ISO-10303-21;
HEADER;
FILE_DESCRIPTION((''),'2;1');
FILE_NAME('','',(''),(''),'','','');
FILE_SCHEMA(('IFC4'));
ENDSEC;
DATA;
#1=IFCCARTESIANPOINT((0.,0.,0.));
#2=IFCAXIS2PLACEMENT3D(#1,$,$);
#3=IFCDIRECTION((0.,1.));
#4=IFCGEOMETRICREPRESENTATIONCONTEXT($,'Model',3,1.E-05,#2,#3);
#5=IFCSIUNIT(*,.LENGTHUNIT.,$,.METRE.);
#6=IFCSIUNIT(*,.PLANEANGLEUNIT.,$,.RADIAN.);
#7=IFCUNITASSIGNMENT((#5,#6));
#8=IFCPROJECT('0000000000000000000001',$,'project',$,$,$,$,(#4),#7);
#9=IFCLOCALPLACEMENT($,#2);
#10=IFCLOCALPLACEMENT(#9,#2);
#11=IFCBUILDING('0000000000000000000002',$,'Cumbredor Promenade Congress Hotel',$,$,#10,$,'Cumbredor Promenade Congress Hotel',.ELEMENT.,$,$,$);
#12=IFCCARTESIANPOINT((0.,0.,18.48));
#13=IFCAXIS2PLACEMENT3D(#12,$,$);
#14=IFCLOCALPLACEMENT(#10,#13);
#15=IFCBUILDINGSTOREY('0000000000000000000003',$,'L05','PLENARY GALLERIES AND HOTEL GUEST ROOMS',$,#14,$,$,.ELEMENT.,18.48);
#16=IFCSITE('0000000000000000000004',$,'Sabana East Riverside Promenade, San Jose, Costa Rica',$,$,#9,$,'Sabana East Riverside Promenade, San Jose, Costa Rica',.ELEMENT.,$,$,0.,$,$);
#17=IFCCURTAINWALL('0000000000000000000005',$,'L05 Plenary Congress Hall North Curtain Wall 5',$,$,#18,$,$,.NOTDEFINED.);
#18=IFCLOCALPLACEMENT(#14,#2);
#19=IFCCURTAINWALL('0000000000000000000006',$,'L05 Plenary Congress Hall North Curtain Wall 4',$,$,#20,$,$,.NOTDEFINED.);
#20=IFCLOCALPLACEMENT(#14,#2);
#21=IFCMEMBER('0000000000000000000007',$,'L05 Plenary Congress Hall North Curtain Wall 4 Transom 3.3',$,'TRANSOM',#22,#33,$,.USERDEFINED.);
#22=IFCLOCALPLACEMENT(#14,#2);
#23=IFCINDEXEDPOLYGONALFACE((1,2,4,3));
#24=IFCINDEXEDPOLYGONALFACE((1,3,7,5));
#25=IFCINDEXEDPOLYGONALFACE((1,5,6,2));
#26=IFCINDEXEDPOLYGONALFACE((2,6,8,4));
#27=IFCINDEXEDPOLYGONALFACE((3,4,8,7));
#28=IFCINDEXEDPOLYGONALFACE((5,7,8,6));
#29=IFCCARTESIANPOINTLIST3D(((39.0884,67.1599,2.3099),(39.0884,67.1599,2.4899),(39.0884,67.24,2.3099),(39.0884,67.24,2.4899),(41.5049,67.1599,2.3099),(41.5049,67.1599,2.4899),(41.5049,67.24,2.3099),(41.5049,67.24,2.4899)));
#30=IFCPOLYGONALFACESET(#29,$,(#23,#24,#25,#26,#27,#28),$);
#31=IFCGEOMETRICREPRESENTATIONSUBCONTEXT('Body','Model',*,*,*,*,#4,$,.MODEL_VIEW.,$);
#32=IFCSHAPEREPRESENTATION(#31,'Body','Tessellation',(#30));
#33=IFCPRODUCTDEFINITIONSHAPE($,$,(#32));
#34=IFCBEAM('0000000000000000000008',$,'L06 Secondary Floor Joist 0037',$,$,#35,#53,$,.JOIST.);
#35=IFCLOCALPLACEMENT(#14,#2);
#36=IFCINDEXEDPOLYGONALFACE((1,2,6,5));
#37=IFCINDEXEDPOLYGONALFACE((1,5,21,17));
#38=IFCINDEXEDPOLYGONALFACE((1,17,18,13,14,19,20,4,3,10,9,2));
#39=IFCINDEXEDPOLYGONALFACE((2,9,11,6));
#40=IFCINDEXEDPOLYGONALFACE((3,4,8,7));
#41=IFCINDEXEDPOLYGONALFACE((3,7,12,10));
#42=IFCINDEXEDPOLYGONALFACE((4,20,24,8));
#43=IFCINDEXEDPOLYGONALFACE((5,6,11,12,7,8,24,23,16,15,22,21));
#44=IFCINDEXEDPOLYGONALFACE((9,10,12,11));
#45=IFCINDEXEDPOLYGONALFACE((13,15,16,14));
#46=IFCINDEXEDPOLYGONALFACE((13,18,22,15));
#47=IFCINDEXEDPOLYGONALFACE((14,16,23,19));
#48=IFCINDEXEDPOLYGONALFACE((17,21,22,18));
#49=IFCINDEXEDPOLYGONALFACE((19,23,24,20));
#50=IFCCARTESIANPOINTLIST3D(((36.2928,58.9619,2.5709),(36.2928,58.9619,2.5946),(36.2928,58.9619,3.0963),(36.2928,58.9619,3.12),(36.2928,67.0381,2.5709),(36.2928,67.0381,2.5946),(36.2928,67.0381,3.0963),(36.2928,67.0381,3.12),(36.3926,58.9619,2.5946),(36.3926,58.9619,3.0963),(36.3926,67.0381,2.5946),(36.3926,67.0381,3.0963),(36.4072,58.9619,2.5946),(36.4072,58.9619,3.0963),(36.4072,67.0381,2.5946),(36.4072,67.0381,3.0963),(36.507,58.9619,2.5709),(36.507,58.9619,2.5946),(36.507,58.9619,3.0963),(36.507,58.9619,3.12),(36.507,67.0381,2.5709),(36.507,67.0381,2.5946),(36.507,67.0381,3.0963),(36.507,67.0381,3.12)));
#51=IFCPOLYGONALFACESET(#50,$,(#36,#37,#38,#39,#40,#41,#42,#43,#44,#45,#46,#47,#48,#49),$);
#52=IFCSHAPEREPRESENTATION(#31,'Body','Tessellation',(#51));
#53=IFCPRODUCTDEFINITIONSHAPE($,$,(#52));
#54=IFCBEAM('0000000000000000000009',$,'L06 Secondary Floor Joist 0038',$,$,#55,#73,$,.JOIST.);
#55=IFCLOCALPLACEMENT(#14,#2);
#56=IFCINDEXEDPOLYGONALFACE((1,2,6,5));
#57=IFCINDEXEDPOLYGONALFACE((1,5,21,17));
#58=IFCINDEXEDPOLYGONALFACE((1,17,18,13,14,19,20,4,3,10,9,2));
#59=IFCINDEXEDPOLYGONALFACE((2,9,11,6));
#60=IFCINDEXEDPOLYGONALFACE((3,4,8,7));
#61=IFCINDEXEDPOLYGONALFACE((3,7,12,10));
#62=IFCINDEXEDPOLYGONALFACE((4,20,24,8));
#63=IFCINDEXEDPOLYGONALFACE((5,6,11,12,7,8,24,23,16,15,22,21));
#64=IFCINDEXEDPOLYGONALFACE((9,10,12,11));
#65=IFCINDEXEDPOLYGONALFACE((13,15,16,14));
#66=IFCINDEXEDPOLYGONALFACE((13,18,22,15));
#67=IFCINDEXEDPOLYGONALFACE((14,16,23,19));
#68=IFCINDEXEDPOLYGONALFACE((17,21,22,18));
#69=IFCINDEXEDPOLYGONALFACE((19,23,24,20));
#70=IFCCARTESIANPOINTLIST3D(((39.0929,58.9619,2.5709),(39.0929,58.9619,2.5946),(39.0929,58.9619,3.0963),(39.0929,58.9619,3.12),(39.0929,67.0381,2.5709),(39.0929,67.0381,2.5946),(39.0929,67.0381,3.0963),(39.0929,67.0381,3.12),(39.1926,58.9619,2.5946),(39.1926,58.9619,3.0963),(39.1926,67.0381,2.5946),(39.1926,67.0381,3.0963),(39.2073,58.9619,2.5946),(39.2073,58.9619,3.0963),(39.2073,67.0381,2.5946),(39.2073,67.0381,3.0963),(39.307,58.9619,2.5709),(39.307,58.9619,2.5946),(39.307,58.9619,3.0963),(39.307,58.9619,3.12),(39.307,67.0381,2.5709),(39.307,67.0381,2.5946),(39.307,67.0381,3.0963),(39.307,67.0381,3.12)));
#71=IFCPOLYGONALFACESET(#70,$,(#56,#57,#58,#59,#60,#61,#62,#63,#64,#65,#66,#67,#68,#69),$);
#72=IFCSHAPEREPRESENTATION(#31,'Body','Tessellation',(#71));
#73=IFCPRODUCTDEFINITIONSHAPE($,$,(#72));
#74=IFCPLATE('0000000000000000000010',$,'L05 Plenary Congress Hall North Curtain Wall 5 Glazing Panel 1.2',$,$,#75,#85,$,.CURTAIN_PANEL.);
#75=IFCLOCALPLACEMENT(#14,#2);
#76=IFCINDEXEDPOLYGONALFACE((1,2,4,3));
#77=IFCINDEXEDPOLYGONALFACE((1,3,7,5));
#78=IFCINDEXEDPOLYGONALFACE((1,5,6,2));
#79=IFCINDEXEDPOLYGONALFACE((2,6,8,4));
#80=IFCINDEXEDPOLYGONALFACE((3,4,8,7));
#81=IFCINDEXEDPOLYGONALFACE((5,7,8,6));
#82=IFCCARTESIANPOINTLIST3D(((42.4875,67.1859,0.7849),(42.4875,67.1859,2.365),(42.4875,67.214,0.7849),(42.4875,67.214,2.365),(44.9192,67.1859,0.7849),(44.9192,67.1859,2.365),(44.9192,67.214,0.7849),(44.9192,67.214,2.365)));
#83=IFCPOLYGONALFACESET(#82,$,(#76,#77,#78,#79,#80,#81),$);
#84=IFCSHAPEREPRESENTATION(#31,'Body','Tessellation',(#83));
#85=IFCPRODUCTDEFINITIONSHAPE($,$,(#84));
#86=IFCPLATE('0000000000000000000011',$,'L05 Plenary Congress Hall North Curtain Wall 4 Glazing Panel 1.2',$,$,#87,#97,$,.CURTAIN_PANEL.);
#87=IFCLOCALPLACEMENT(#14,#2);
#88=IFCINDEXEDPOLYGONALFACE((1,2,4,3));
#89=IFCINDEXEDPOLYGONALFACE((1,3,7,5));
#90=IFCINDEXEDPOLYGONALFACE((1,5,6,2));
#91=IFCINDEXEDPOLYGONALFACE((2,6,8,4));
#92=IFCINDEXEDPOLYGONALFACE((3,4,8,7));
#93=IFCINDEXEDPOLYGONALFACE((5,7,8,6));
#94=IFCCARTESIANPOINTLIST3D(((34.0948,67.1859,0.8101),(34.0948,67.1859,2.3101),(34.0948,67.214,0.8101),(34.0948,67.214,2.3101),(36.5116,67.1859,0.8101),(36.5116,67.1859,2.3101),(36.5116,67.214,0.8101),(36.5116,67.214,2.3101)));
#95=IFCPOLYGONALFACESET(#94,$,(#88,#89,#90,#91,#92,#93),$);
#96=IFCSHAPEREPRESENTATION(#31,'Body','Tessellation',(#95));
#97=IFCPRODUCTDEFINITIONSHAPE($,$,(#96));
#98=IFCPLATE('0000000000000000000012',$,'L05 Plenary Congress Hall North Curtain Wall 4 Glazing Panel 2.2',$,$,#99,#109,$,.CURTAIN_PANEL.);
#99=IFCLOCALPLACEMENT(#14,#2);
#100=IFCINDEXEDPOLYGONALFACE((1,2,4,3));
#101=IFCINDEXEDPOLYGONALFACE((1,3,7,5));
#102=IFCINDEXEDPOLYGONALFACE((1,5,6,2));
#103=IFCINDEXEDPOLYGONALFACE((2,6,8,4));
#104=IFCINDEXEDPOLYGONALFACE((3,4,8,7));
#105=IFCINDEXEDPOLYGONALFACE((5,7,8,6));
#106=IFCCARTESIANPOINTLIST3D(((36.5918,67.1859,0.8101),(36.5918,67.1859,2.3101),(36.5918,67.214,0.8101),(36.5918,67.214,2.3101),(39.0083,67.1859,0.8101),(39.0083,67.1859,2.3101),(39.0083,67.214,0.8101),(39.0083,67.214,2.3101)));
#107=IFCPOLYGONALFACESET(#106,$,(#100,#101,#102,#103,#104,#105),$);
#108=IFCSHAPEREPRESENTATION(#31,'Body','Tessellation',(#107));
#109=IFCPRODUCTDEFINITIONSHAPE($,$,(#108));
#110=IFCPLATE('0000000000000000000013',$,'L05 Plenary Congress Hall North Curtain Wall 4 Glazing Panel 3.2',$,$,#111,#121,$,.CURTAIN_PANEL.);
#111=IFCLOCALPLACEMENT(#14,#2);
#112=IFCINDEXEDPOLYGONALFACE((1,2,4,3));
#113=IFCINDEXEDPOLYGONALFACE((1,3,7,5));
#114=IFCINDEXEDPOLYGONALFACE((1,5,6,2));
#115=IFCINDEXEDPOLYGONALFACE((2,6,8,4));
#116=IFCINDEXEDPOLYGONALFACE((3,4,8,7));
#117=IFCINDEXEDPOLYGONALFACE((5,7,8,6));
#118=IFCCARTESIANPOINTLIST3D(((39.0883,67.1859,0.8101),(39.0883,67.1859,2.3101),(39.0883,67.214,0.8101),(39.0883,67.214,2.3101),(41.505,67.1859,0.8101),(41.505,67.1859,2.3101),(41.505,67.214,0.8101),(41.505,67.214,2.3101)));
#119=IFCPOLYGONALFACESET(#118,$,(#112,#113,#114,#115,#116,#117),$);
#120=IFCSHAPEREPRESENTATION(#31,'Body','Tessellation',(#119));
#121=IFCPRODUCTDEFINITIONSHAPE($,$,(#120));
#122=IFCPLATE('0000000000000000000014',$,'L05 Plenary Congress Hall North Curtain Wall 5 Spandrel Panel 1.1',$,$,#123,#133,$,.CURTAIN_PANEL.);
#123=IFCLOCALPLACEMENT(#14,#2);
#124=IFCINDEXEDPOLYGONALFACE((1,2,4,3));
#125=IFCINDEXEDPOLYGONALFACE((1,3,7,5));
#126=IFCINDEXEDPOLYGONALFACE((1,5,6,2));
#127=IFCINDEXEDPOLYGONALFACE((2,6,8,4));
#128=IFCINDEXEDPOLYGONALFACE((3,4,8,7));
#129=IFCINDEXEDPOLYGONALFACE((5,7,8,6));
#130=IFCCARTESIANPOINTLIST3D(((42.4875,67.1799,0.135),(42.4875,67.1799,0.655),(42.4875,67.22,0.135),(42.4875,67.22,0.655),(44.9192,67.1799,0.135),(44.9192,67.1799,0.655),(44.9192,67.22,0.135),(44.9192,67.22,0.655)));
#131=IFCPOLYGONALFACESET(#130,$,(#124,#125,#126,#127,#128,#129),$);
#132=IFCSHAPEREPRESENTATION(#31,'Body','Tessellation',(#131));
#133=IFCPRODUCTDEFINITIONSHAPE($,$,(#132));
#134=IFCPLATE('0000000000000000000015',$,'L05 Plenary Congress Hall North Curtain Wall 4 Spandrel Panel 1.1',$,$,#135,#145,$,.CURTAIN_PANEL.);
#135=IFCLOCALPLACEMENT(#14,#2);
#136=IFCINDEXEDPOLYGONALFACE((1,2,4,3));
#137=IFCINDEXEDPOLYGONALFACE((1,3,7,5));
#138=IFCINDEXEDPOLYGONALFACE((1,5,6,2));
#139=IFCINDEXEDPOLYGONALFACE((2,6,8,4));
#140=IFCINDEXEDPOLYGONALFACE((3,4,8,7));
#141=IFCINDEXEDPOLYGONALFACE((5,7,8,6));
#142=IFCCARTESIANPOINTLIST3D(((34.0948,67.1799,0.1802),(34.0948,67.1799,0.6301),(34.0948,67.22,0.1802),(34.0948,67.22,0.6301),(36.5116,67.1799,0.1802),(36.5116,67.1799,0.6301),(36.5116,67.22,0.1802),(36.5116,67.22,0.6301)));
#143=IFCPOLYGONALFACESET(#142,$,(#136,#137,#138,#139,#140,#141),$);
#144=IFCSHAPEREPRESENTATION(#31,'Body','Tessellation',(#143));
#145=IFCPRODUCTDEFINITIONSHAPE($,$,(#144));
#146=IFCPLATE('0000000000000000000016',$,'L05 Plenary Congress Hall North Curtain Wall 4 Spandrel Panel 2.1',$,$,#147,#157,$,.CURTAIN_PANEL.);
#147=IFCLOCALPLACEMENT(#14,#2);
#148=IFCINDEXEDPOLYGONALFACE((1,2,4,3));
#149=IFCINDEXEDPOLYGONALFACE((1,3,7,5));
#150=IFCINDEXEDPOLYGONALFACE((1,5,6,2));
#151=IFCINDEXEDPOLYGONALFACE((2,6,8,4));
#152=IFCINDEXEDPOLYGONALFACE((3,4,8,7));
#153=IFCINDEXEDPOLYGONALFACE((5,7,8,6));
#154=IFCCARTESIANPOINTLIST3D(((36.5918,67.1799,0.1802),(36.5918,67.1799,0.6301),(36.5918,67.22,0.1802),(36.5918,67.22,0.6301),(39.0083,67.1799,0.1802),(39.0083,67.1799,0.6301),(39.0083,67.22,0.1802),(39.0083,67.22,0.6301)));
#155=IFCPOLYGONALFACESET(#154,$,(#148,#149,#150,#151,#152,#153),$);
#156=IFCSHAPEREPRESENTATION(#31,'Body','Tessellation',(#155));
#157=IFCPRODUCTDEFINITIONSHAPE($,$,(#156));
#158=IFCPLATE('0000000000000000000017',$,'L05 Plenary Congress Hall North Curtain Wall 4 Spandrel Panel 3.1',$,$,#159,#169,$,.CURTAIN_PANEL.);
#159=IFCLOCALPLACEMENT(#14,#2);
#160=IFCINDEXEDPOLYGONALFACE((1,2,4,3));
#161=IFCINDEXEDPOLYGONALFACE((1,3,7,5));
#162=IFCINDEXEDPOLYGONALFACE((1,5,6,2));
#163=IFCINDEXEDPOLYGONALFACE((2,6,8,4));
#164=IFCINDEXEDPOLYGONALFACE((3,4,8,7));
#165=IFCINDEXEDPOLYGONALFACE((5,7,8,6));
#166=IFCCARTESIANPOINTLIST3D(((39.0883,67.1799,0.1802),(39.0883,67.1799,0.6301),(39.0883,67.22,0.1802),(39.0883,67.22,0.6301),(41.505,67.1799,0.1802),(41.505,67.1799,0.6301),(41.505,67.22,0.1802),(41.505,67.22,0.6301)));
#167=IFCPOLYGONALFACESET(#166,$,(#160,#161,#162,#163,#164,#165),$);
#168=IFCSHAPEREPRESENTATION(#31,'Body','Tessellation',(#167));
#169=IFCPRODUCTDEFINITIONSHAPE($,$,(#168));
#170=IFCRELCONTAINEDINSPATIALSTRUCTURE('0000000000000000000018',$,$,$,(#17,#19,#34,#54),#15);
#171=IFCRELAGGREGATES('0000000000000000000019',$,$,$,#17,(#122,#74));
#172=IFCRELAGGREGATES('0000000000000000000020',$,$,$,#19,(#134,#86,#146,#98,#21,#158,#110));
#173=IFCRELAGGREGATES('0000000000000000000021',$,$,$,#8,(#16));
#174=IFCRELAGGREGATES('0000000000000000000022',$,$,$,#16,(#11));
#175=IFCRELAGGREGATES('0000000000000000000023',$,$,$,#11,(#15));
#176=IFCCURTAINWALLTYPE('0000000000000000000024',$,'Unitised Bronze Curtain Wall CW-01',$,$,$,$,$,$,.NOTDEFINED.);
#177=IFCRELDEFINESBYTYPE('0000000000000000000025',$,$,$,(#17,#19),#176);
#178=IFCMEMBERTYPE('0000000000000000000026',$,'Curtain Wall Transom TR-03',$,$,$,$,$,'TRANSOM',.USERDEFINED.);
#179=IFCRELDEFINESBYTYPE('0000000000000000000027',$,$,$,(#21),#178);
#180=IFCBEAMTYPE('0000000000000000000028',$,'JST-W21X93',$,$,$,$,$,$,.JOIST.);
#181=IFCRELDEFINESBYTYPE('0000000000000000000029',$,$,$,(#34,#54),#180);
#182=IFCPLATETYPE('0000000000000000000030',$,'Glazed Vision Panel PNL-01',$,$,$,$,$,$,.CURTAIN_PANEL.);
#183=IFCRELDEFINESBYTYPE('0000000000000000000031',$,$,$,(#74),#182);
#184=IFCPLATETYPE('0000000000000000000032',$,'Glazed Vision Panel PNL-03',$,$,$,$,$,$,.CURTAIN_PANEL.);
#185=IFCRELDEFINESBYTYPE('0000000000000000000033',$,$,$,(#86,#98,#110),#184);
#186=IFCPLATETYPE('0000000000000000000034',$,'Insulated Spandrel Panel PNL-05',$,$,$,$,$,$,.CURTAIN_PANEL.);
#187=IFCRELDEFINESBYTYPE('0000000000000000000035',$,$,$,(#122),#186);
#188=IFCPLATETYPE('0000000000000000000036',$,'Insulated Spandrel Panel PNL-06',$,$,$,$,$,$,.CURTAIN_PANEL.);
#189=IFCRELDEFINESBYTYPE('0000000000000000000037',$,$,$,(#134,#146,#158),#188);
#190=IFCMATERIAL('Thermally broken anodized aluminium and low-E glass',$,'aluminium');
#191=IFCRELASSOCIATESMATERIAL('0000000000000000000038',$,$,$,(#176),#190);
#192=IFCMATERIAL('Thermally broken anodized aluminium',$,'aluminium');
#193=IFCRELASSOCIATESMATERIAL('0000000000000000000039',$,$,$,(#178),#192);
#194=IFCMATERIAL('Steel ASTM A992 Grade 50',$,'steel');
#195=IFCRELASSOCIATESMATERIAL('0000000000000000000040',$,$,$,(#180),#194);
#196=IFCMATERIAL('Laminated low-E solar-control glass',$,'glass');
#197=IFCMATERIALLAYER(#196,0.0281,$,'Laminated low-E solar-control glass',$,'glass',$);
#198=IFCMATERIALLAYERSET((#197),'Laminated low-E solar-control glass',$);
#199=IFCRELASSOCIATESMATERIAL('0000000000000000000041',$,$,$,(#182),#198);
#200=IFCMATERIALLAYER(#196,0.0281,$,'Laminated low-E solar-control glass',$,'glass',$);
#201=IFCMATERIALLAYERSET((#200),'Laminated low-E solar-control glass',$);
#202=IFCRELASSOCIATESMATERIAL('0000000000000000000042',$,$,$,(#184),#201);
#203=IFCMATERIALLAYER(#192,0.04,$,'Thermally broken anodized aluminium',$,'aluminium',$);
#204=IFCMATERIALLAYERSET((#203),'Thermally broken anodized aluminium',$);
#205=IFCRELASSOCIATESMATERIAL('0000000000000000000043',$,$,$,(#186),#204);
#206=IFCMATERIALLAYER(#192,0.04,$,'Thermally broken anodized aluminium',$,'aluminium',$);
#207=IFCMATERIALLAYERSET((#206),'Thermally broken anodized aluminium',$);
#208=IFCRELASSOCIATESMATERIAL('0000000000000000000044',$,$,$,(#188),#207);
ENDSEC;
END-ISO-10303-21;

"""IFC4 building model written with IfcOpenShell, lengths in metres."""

from ifc_helpers import new_model, si_unit, direction, frame, origin, origin_2d, place, context, subcontext, project, spatial, rectangle, i_section, extrude, material, layer, layer_set, material_profile, profile_set, type_object, element, aggregate, save


model = new_model("IFC4")

# Units and contexts
model_context = context("Model", 3, precision=1e-05, world=origin(), true_north=direction((0.0, 1.0)))
body_context = subcontext(model_context, "Body", "Model", "MODEL_VIEW")
ifc_project = project(units=[si_unit("LENGTHUNIT", "METRE"), si_unit("PLANEANGLEUNIT", "RADIAN")], contexts=[model_context])

# Site, building, storey
site_placement = place(None, origin())
site = spatial("IfcSite", under=ifc_project, at=site_placement, Name="Sabana East Riverside Promenade, San Jose, Costa Rica", LongName="Sabana East Riverside Promenade, San Jose, Costa Rica", CompositionType="ELEMENT", RefElevation=0.0)
building_placement = place(site_placement, origin())
building = spatial("IfcBuilding", under=site, at=building_placement, Name="Cumbredor Promenade Congress Hotel", LongName="Cumbredor Promenade Congress Hotel", CompositionType="ELEMENT")
storey_placement = place(building_placement, frame((0.0, 0.0, 18.48)))
storey = spatial("IfcBuildingStorey", under=building, at=storey_placement, Name="L05", Description="PLENARY GALLERIES AND HOTEL GUEST ROOMS", CompositionType="ELEMENT", Elevation=18.48)

# Shared definitions
ifc_material_1 = material(Name="Steel ASTM A992 Grade 50", Category="steel")

# Curtain wall
ifc_material_2 = material(Name="Thermally broken anodized aluminium and low-E glass", Category="aluminium")
curtain_wall_type = type_object("IfcCurtainWallType", Name="Unitised Bronze Curtain Wall CW-01", PredefinedType="NOTDEFINED", material=ifc_material_2)
curtain_wall_1_placement = place(storey_placement, origin())
curtain_wall_1 = element("IfcCurtainWall", 1, at=curtain_wall_1_placement, inside=storey, type_object=curtain_wall_type, Name="L05 Plenary Congress Hall North Curtain Wall 5", PredefinedType="NOTDEFINED")
ifc_material_3 = material(Name="Thermally broken anodized aluminium", Category="aluminium")

# Curtain wall
curtain_wall_2_placement = place(storey_placement, origin())
curtain_wall_2 = element("IfcCurtainWall", 2, at=curtain_wall_2_placement, inside=storey, type_object=curtain_wall_type, Name="L05 Plenary Congress Hall North Curtain Wall 4", PredefinedType="NOTDEFINED")

# Member
ifc_material_profile_1 = material_profile(ifc_material_3, rectangle(XDim=0.0801, YDim=0.1799, at=origin_2d()), Name="ALU TRANSOM 80x180")
ifc_profile_set_1 = profile_set([ifc_material_profile_1], Name="Thermally broken anodized aluminium")
member_type_1 = type_object("IfcMemberType", Name="Curtain Wall Transom TR-03", ElementType="TRANSOM", PredefinedType="USERDEFINED", material=ifc_profile_set_1)
member_1_placement = place(storey_placement, frame((39.0884, 67.2, 2.3999), z_axis=(1.0, 0.0, 0.0), x_axis=(0.0, 1.0, 0.0)))
member_1 = element("IfcMember", 3, at=member_1_placement, type_object=member_type_1, Name="L05 Plenary Congress Hall North Curtain Wall 4 Transom 3.3", ObjectType="TRANSOM", PredefinedType="USERDEFINED", context=body_context, shape_type="SweptSolid", body=[
    extrude(rectangle(XDim=0.0801, YDim=0.1799, at=origin_2d()), origin(), (0.0, 0.0, 1.0), 2.4165),
])

# Beams
ifc_material_profile_2 = material_profile(ifc_material_1, i_section(OverallWidth=0.2141, OverallDepth=0.5491, WebThickness=0.0146, FlangeThickness=0.0237, at=origin_2d()), Name="W21X93")
ifc_profile_set_2 = profile_set([ifc_material_profile_2], Name="Steel ASTM A992 Grade 50")
beam_type_1 = type_object("IfcBeamType", Name="JST-W21X93", PredefinedType="JOIST", material=ifc_profile_set_2)
for number, where, z_axis, x_axis, name in (
    (4, (36.3999, 58.9619, 2.8455), (0.0, 1.0, 0.0), (-1.0, 0.0, 0.0), "L06 Secondary Floor Joist 0037"),
    (5, (39.2, 58.9619, 2.8455), (0.0, 1.0, 0.0), (-1.0, 0.0, 0.0), "L06 Secondary Floor Joist 0038"),
):
    element("IfcBeam", number, at=place(storey_placement, frame(where, z_axis=z_axis, x_axis=x_axis)), inside=storey, type_object=beam_type_1, Name=name, PredefinedType="JOIST", context=body_context, shape_type="SweptSolid", body=[
        extrude(i_section(OverallWidth=0.2141, OverallDepth=0.5491, WebThickness=0.0146, FlangeThickness=0.0237, at=origin_2d()), origin(), (0.0, 0.0, 1.0), 8.0762),
    ])

# Plates
ifc_material_4 = material(Name="Laminated low-E solar-control glass", Category="glass")
ifc_layer_1 = layer(ifc_material_4, 0.0281, Name="Laminated low-E solar-control glass", Category="glass")
ifc_layer_set_1 = layer_set([ifc_layer_1], Name="Laminated low-E solar-control glass")
plate_type_1 = type_object("IfcPlateType", Name="Glazed Vision Panel PNL-01", PredefinedType="CURTAIN_PANEL", material=ifc_layer_set_1)
plate_1_placement = place(storey_placement, frame((43.7034, 67.2, 0.7849), z_axis=(0.0, 0.0, 1.0), x_axis=(1.0, 0.0, 0.0)))
plate_1 = element("IfcPlate", 6, at=plate_1_placement, type_object=plate_type_1, Name="L05 Plenary Congress Hall North Curtain Wall 5 Glazing Panel 1.2", PredefinedType="CURTAIN_PANEL", context=body_context, shape_type="SweptSolid", body=[
    extrude(rectangle(XDim=2.4316, YDim=0.0281, at=origin_2d()), origin(), (0.0, 0.0, 1.0), 1.5801),
])
ifc_layer_2 = layer(ifc_material_4, 0.0281, Name="Laminated low-E solar-control glass", Category="glass")
ifc_layer_set_2 = layer_set([ifc_layer_2], Name="Laminated low-E solar-control glass")
plate_type_2 = type_object("IfcPlateType", Name="Glazed Vision Panel PNL-03", PredefinedType="CURTAIN_PANEL", material=ifc_layer_set_2)
plate_2_placement = place(storey_placement, frame((35.3032, 67.2, 0.8101), z_axis=(0.0, 0.0, 1.0), x_axis=(1.0, 0.0, 0.0)))
plate_2 = element("IfcPlate", 7, at=plate_2_placement, type_object=plate_type_2, Name="L05 Plenary Congress Hall North Curtain Wall 4 Glazing Panel 1.2", PredefinedType="CURTAIN_PANEL", context=body_context, shape_type="SweptSolid", body=[
    extrude(rectangle(XDim=2.4167, YDim=0.0281, at=origin_2d()), origin(), (0.0, 0.0, 1.0), 1.5),
])
plate_3_placement = place(storey_placement, frame((37.8, 67.2, 0.8101), z_axis=(0.0, 0.0, 1.0), x_axis=(1.0, 0.0, 0.0)))
plate_3 = element("IfcPlate", 8, at=plate_3_placement, type_object=plate_type_2, Name="L05 Plenary Congress Hall North Curtain Wall 4 Glazing Panel 2.2", PredefinedType="CURTAIN_PANEL", context=body_context, shape_type="SweptSolid", body=[
    extrude(rectangle(XDim=2.4165, YDim=0.0281, at=origin_2d()), origin(), (0.0, 0.0, 1.0), 1.5),
])
plate_4_placement = place(storey_placement, frame((40.2966, 67.2, 0.8101), z_axis=(0.0, 0.0, 1.0), x_axis=(1.0, 0.0, 0.0)))
plate_4 = element("IfcPlate", 9, at=plate_4_placement, type_object=plate_type_2, Name="L05 Plenary Congress Hall North Curtain Wall 4 Glazing Panel 3.2", PredefinedType="CURTAIN_PANEL", context=body_context, shape_type="SweptSolid", body=[
    extrude(rectangle(XDim=2.4167, YDim=0.0281, at=origin_2d()), origin(), (0.0, 0.0, 1.0), 1.5),
])
ifc_layer_3 = layer(ifc_material_3, 0.04, Name="Thermally broken anodized aluminium", Category="aluminium")
ifc_layer_set_3 = layer_set([ifc_layer_3], Name="Thermally broken anodized aluminium")
plate_type_3 = type_object("IfcPlateType", Name="Insulated Spandrel Panel PNL-05", PredefinedType="CURTAIN_PANEL", material=ifc_layer_set_3)
plate_5_placement = place(storey_placement, frame((43.7034, 67.2, 0.135), z_axis=(0.0, 0.0, 1.0), x_axis=(1.0, 0.0, 0.0)))
plate_5 = element("IfcPlate", 10, at=plate_5_placement, type_object=plate_type_3, Name="L05 Plenary Congress Hall North Curtain Wall 5 Spandrel Panel 1.1", PredefinedType="CURTAIN_PANEL", context=body_context, shape_type="SweptSolid", body=[
    extrude(rectangle(XDim=2.4316, YDim=0.04, at=origin_2d()), origin(), (0.0, 0.0, 1.0), 0.52),
])
aggregate(curtain_wall_1, [plate_5, plate_1])
ifc_layer_4 = layer(ifc_material_3, 0.04, Name="Thermally broken anodized aluminium", Category="aluminium")
ifc_layer_set_4 = layer_set([ifc_layer_4], Name="Thermally broken anodized aluminium")
plate_type_4 = type_object("IfcPlateType", Name="Insulated Spandrel Panel PNL-06", PredefinedType="CURTAIN_PANEL", material=ifc_layer_set_4)
plate_6_placement = place(storey_placement, frame((35.3032, 67.2, 0.1802), z_axis=(0.0, 0.0, 1.0), x_axis=(1.0, 0.0, 0.0)))
plate_6 = element("IfcPlate", 11, at=plate_6_placement, type_object=plate_type_4, Name="L05 Plenary Congress Hall North Curtain Wall 4 Spandrel Panel 1.1", PredefinedType="CURTAIN_PANEL", context=body_context, shape_type="SweptSolid", body=[
    extrude(rectangle(XDim=2.4167, YDim=0.04, at=origin_2d()), origin(), (0.0, 0.0, 1.0), 0.45),
])
plate_7_placement = place(storey_placement, frame((37.8, 67.2, 0.1802), z_axis=(0.0, 0.0, 1.0), x_axis=(1.0, 0.0, 0.0)))
plate_7 = element("IfcPlate", 12, at=plate_7_placement, type_object=plate_type_4, Name="L05 Plenary Congress Hall North Curtain Wall 4 Spandrel Panel 2.1", PredefinedType="CURTAIN_PANEL", context=body_context, shape_type="SweptSolid", body=[
    extrude(rectangle(XDim=2.4165, YDim=0.04, at=origin_2d()), origin(), (0.0, 0.0, 1.0), 0.45),
])
plate_8_placement = place(storey_placement, frame((40.2966, 67.2, 0.1802), z_axis=(0.0, 0.0, 1.0), x_axis=(1.0, 0.0, 0.0)))
plate_8 = element("IfcPlate", 13, at=plate_8_placement, type_object=plate_type_4, Name="L05 Plenary Congress Hall North Curtain Wall 4 Spandrel Panel 3.1", PredefinedType="CURTAIN_PANEL", context=body_context, shape_type="SweptSolid", body=[
    extrude(rectangle(XDim=2.4167, YDim=0.04, at=origin_2d()), origin(), (0.0, 0.0, 1.0), 0.45),
])
aggregate(curtain_wall_2, [plate_6, plate_2, plate_7, plate_3, member_1, plate_8, plate_4])

save(model, "model.ifc")
